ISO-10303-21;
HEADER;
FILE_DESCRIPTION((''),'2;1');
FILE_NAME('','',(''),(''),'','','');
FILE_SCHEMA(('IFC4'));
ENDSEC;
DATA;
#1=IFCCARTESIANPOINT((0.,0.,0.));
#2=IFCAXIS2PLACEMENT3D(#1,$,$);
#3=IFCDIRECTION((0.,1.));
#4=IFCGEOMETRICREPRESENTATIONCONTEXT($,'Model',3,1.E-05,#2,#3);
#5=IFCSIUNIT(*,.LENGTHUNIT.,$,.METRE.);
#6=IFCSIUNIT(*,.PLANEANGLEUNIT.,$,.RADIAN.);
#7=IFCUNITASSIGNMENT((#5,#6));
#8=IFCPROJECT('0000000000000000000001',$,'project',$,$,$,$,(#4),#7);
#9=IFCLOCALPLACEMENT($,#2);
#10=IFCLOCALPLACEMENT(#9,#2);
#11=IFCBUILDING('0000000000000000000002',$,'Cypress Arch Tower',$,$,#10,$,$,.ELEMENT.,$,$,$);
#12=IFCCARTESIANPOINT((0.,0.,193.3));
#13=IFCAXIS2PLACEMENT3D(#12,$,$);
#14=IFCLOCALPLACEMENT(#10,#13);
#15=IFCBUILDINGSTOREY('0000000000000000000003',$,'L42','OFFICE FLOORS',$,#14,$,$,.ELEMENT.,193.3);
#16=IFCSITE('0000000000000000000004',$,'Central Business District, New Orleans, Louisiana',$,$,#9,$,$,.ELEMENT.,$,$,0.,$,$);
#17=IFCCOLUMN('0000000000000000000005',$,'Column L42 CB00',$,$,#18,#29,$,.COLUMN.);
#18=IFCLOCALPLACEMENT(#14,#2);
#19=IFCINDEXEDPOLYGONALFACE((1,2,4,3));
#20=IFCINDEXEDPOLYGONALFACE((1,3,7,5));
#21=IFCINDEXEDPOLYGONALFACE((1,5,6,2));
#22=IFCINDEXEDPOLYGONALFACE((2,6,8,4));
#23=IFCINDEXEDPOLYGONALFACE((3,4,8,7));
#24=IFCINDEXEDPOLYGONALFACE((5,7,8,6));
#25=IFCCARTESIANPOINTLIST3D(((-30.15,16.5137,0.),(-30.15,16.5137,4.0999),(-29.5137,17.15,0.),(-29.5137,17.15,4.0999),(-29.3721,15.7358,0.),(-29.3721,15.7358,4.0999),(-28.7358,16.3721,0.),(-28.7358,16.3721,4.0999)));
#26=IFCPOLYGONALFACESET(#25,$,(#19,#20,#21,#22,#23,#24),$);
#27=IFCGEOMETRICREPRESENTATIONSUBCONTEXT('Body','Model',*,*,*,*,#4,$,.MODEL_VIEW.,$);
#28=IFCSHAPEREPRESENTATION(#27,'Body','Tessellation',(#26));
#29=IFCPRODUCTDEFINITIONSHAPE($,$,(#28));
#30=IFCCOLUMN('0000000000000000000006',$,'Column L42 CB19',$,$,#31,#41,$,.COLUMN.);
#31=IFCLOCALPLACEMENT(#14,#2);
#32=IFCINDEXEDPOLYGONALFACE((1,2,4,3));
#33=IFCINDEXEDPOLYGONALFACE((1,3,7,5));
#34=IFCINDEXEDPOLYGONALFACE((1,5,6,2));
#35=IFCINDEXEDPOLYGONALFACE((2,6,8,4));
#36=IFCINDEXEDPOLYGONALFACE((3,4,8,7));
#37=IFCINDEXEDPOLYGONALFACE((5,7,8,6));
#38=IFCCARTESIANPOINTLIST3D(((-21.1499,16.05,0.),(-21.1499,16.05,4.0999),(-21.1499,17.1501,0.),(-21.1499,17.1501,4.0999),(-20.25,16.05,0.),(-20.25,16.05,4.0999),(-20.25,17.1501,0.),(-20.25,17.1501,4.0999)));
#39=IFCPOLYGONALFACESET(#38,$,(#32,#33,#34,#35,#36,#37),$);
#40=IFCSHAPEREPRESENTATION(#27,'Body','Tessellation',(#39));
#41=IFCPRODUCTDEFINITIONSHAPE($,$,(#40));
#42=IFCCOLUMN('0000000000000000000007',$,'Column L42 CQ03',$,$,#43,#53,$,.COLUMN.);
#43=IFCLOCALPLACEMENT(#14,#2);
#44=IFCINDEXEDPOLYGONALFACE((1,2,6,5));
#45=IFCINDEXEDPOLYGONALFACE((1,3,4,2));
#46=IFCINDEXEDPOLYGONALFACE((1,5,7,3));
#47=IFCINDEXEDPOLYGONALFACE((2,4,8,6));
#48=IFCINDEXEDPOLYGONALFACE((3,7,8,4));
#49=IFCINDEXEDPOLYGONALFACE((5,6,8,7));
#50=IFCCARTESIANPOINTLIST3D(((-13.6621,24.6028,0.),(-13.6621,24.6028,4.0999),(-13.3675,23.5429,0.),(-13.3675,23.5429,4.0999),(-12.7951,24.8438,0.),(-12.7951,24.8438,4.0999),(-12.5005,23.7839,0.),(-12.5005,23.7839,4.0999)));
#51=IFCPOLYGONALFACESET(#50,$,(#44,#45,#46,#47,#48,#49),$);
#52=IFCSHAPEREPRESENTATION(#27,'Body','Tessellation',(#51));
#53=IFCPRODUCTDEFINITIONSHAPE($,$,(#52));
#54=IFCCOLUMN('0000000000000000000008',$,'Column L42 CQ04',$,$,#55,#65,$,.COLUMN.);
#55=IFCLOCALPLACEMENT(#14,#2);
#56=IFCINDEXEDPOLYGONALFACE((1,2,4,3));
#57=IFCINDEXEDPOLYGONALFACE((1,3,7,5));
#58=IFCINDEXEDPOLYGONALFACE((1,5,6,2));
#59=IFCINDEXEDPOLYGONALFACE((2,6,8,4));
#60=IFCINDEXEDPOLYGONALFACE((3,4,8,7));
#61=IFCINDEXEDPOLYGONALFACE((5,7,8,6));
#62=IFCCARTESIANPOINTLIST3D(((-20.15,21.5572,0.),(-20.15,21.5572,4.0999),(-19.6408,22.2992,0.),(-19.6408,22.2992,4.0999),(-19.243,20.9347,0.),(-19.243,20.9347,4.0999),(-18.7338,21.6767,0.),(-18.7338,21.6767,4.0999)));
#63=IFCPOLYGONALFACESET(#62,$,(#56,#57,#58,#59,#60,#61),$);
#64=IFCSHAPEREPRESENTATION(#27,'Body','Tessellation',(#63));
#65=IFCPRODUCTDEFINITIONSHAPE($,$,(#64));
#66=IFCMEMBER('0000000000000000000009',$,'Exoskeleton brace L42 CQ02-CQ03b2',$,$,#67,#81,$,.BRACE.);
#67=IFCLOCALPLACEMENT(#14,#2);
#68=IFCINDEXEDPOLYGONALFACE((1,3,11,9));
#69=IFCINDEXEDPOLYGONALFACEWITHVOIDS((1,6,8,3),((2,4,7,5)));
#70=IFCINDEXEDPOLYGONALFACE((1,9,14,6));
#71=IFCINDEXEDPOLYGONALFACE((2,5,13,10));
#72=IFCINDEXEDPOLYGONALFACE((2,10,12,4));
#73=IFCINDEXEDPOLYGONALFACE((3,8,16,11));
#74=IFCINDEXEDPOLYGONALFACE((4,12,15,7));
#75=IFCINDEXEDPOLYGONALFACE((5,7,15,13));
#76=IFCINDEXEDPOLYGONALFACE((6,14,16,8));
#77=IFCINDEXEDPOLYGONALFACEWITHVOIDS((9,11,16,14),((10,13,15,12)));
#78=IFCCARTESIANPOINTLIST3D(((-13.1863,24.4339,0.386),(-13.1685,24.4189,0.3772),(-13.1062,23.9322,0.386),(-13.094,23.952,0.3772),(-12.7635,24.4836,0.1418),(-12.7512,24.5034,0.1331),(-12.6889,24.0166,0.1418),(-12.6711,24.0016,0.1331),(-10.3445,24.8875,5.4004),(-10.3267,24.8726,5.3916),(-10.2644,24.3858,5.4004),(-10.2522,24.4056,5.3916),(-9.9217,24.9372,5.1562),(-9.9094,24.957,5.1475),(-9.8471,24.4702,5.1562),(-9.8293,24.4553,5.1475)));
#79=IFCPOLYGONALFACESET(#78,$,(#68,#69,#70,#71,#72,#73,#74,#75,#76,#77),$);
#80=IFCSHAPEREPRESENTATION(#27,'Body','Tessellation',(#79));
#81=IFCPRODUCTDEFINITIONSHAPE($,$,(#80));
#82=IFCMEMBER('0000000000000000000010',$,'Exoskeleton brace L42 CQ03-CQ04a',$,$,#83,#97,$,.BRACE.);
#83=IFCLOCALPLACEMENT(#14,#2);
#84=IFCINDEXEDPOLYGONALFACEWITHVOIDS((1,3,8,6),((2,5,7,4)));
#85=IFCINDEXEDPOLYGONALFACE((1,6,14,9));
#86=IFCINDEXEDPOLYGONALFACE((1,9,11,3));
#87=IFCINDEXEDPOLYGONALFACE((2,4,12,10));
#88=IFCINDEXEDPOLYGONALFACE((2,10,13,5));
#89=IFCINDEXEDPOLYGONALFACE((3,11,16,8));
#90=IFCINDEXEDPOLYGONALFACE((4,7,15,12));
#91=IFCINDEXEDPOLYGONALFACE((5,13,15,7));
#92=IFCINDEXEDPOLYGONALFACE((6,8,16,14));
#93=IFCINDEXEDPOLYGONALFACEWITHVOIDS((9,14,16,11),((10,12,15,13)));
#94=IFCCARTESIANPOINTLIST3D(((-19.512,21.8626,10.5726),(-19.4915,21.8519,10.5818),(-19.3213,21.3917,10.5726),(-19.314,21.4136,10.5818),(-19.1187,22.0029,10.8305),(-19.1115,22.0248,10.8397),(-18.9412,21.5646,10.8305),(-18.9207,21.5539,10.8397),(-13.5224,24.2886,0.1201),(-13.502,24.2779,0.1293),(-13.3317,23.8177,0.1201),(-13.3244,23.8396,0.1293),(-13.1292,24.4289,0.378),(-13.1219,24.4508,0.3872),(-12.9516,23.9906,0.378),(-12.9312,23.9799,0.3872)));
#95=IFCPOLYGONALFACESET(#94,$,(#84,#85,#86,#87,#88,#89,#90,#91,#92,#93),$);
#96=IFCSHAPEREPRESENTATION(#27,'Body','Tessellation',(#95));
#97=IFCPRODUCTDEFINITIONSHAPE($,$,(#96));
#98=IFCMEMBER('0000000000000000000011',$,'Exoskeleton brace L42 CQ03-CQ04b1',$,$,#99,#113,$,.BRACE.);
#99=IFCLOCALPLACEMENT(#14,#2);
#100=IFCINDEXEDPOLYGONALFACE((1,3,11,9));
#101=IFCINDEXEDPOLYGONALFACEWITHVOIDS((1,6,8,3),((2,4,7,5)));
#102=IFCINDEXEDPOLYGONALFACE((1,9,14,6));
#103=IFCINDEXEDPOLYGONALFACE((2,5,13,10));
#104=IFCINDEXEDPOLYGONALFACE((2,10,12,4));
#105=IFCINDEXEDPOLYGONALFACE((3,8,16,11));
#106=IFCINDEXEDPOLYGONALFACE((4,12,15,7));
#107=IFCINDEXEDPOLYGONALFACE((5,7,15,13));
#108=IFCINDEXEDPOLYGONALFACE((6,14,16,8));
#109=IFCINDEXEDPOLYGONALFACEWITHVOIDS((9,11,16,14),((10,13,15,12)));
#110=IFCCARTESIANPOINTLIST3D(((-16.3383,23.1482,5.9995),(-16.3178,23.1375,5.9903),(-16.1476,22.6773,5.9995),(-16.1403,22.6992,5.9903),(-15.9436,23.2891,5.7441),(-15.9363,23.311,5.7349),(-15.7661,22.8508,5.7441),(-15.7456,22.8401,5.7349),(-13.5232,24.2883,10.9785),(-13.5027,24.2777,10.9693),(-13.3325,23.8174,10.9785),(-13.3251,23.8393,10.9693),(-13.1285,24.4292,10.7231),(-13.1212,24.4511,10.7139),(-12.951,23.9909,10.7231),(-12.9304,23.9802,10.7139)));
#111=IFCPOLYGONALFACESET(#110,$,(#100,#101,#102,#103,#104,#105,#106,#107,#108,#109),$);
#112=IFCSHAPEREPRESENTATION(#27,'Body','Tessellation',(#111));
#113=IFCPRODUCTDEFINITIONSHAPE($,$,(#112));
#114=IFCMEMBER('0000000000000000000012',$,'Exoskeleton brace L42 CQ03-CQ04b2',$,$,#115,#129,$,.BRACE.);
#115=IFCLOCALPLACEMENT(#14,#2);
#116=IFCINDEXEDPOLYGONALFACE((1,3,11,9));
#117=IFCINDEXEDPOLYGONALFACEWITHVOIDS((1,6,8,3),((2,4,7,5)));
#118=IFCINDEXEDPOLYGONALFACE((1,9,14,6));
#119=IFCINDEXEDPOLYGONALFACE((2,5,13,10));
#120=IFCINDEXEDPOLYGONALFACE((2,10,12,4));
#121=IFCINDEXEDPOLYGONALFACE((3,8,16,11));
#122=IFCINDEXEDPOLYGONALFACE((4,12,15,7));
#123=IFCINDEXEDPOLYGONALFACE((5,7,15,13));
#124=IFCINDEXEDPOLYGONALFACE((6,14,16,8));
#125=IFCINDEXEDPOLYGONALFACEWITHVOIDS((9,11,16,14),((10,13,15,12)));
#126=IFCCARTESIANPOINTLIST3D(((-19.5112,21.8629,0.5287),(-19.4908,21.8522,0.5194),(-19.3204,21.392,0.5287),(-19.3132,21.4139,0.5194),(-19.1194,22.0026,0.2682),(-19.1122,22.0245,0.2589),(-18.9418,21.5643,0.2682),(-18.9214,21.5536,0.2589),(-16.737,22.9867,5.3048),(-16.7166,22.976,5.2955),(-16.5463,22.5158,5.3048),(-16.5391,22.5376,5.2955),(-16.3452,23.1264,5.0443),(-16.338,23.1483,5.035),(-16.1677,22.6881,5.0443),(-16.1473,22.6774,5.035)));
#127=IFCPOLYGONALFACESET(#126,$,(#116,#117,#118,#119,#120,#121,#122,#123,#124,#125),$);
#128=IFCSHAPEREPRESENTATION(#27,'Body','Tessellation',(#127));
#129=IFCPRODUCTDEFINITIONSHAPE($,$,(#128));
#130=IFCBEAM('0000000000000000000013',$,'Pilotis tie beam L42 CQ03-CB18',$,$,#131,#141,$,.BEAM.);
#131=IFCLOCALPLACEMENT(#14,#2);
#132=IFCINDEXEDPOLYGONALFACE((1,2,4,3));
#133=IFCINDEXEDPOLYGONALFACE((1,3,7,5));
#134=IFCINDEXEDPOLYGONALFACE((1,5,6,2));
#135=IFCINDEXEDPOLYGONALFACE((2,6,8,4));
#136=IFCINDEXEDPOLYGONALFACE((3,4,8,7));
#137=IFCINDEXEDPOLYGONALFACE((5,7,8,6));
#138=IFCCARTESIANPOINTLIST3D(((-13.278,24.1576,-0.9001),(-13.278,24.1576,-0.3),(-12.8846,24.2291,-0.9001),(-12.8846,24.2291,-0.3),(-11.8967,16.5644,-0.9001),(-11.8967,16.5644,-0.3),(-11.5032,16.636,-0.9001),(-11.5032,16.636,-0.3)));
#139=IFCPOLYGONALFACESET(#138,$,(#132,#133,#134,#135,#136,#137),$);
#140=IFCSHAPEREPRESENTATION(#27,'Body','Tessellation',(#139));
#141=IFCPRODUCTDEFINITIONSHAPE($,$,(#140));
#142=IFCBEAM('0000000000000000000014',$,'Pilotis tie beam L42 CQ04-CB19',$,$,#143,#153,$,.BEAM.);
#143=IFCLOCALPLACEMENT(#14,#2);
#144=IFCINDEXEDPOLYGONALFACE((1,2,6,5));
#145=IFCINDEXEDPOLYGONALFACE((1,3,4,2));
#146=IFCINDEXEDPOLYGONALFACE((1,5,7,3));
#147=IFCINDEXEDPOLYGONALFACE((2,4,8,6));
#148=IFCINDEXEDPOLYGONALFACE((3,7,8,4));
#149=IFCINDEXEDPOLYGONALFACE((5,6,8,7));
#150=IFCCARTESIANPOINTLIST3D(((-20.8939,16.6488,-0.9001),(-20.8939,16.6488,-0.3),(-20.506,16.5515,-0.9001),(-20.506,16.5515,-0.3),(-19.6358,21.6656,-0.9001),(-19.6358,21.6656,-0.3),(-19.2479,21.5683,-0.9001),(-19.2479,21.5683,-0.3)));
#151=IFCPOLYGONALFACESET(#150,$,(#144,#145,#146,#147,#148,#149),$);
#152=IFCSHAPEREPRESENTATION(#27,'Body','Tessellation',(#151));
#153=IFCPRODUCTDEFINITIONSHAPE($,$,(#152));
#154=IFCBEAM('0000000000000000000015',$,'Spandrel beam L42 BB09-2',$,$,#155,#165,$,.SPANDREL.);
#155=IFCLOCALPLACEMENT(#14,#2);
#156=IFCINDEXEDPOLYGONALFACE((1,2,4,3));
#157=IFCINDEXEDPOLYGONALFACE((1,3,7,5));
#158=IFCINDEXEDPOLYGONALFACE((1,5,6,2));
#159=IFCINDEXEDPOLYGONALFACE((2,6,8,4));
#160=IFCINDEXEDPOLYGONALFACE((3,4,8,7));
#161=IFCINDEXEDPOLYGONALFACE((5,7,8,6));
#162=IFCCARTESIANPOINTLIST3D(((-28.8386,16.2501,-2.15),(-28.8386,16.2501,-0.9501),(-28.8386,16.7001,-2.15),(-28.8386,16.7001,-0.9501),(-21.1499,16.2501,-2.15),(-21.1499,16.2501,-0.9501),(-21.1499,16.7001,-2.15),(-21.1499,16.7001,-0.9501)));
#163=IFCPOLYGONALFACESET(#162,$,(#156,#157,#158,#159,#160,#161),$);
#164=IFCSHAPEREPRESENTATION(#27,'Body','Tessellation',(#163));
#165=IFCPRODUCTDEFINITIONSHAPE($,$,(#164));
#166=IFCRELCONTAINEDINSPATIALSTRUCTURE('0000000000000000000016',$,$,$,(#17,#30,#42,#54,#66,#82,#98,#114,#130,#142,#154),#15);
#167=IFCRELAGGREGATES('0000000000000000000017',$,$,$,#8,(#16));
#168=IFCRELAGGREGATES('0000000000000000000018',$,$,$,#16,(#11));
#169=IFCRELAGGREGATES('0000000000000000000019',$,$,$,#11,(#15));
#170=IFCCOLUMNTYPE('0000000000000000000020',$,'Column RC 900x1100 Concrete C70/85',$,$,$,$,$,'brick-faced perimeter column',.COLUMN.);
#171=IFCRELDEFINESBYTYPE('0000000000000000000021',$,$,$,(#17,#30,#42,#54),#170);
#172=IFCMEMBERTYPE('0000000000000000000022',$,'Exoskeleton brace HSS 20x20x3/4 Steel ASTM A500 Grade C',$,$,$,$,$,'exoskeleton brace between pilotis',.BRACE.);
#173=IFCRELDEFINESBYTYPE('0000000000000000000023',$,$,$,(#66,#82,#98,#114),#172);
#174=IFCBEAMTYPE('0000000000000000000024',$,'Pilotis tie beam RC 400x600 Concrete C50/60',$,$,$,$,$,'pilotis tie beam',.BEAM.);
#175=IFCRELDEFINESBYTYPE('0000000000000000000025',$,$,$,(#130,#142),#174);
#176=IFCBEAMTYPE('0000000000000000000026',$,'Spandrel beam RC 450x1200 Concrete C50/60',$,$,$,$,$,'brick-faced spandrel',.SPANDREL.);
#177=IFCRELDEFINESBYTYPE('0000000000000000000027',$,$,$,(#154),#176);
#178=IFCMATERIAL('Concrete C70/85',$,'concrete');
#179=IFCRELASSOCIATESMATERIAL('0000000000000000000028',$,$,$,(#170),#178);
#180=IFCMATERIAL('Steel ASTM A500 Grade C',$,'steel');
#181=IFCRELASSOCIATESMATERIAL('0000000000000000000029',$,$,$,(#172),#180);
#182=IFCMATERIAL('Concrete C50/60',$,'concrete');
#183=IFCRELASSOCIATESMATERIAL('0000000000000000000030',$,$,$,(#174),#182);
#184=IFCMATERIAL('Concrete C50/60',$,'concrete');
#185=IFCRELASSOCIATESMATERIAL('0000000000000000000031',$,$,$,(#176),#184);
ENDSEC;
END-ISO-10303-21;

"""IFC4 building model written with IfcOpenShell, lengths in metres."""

from ifc_helpers import new_model, si_unit, direction, frame, origin, origin_2d, place, context, subcontext, project, spatial, rectangle, hollow_rectangle, extrude, material, material_profile, profile_set, type_object, element, save


model = new_model("IFC4")

# Units and contexts
model_context = context("Model", 3, precision=1e-05, world=origin(), true_north=direction((0.0, 1.0)))
body_context = subcontext(model_context, "Body", "Model", "MODEL_VIEW")
ifc_project = project(units=[si_unit("LENGTHUNIT", "METRE"), si_unit("PLANEANGLEUNIT", "RADIAN")], contexts=[model_context])

# Site, building, storey
site_placement = place(None, origin())
site = spatial("IfcSite", under=ifc_project, at=site_placement, Name="Central Business District, New Orleans, Louisiana", CompositionType="ELEMENT", RefElevation=0.0)
building_placement = place(site_placement, origin())
building = spatial("IfcBuilding", under=site, at=building_placement, Name="Cypress Arch Tower", CompositionType="ELEMENT")
storey_placement = place(building_placement, frame((0.0, 0.0, 193.3)))
storey = spatial("IfcBuildingStorey", under=building, at=storey_placement, Name="L42", Description="OFFICE FLOORS", CompositionType="ELEMENT", Elevation=193.3)

# Columns
ifc_material_1 = material(Name="Concrete C70/85", Category="concrete")
ifc_material_profile_1 = material_profile(ifc_material_1, rectangle(XDim=0.8999, YDim=1.1001, at=origin_2d()), Name="RC 900x1100")
ifc_profile_set_1 = profile_set([ifc_material_profile_1], Name="Concrete C70/85")
column_type = type_object("IfcColumnType", Name="Column RC 900x1100 Concrete C70/85", ElementType="brick-faced perimeter column", PredefinedType="COLUMN", material=ifc_profile_set_1)
for number, where, z_axis, x_axis, name in (
    (1, (-29.4429, 16.4429, 0.0), (0.0, 0.0, 1.0), (-0.707107, -0.707107, 0.0), "Column L42 CB00"),
    (2, (-20.7, 16.6001, 0.0), (0.0, 0.0, 1.0), (-1.0, 0.0, 0.0), "Column L42 CB19"),
    (3, (-13.0813, 24.1934, 0.0), (0.0, 0.0, 1.0), (-0.963456, -0.267868, 0.0), "Column L42 CQ03"),
    (4, (-19.4419, 21.6169, 0.0), (0.0, 0.0, 1.0), (-0.565893, -0.824479, 0.0), "Column L42 CQ04"),
):
    element("IfcColumn", number, at=place(storey_placement, frame(where, z_axis=z_axis, x_axis=x_axis)), inside=storey, type_object=column_type, Name=name, PredefinedType="COLUMN", context=body_context, shape_type="SweptSolid", body=[
        extrude(rectangle(XDim=0.8999, YDim=1.1001, at=origin_2d()), origin(), (0.0, 0.0, 1.0), 4.0999),
    ])

# Members
ifc_material_2 = material(Name="Steel ASTM A500 Grade C", Category="steel")
ifc_material_profile_2 = material_profile(ifc_material_2, hollow_rectangle(XDim=0.5081, YDim=0.5081, WallThickness=0.0176, at=origin_2d()), Name="HSS 20x20x3/4")
ifc_profile_set_2 = profile_set([ifc_material_profile_2], Name="Steel ASTM A500 Grade C")
member_type = type_object("IfcMemberType", Name="Exoskeleton brace HSS 20x20x3/4 Steel ASTM A500 Grade C", ElementType="exoskeleton brace between pilotis", PredefinedType="BRACE", material=ifc_profile_set_2)
member_1_placement = place(storey_placement, frame((-12.9287, 24.2178, 0.2595), z_axis=(0.491532, 0.078459, 0.867318), x_axis=(-0.157627, 0.987499, 0.0)))
element("IfcMember", 5, at=member_1_placement, inside=storey, type_object=member_type, Name="Exoskeleton brace L42 CQ02-CQ03b2", PredefinedType="BRACE", context=body_context, shape_type="SweptSolid", body=[
    extrude(hollow_rectangle(XDim=0.5081, YDim=0.5081, WallThickness=0.0176, at=origin_2d()), origin(), (0.0, 0.0, 1.0), 5.7815),
])
member_2_placement = place(storey_placement, frame((-13.2268, 24.1343, 0.2537), z_axis=(-0.487399, -0.197419, 0.850569), x_axis=(0.375419, -0.926855, 0.0)))
element("IfcMember", 6, at=member_2_placement, inside=storey, type_object=member_type, Name="Exoskeleton brace L42 CQ03-CQ04a", PredefinedType="BRACE", context=body_context, shape_type="SweptSolid", body=[
    extrude(hollow_rectangle(XDim=0.5081, YDim=0.5081, WallThickness=0.0176, at=origin_2d()), origin(), (0.0, 0.0, 1.0), 12.2888),
])
member_3_placement = place(storey_placement, frame((-13.2268, 24.1343, 10.8462), z_axis=(-0.482689, -0.195487, -0.853696), x_axis=(0.375379, -0.926872, 0.0)))
element("IfcMember", 7, at=member_3_placement, inside=storey, type_object=member_type, Name="Exoskeleton brace L42 CQ03-CQ04b1", PredefinedType="BRACE", context=body_context, shape_type="SweptSolid", body=[
    extrude(hollow_rectangle(XDim=0.5081, YDim=0.5081, WallThickness=0.0176, at=origin_2d()), origin(), (0.0, 0.0, 1.0), 5.8323),
])
member_4_placement = place(storey_placement, frame((-19.2163, 21.7083, 0.3938), z_axis=(0.492179, 0.199375, 0.847355), x_axis=(-0.375451, 0.926842, 0.0)))
element("IfcMember", 8, at=member_4_placement, inside=storey, type_object=member_type, Name="Exoskeleton brace L42 CQ03-CQ04b2", PredefinedType="BRACE", context=body_context, shape_type="SweptSolid", body=[
    extrude(hollow_rectangle(XDim=0.5081, YDim=0.5081, WallThickness=0.0176, at=origin_2d()), origin(), (0.0, 0.0, 1.0), 5.6365),
])

# Beams
ifc_material_3 = material(Name="Concrete C50/60", Category="concrete")
ifc_material_profile_3 = material_profile(ifc_material_3, rectangle(XDim=0.3999, YDim=0.6001, at=origin_2d()), Name="RC 400x600")
ifc_profile_set_3 = profile_set([ifc_material_profile_3], Name="Concrete C50/60")
beam_type_1 = type_object("IfcBeamType", Name="Pilotis tie beam RC 400x600 Concrete C50/60", ElementType="pilotis tie beam", PredefinedType="BEAM", material=ifc_profile_set_3)
beam_1_placement = place(storey_placement, frame((-13.0813, 24.1934, -0.6001), z_axis=(0.17898, -0.983853, 0.0), x_axis=(0.983853, 0.17898, 0.0)))
element("IfcBeam", 9, at=beam_1_placement, inside=storey, type_object=beam_type_1, Name="Pilotis tie beam L42 CQ03-CB18", PredefinedType="BEAM", context=body_context, shape_type="SweptSolid", body=[
    extrude(rectangle(XDim=0.3999, YDim=0.6001, at=origin_2d()), origin(), (0.0, 0.0, 1.0), 7.7178),
])
beam_2_placement = place(storey_placement, frame((-19.4419, 21.6169, -0.6001), z_axis=(-0.243235, -0.969967, 0.0), x_axis=(0.969967, -0.243235, 0.0)))
element("IfcBeam", 10, at=beam_2_placement, inside=storey, type_object=beam_type_1, Name="Pilotis tie beam L42 CQ04-CB19", PredefinedType="BEAM", context=body_context, shape_type="SweptSolid", body=[
    extrude(rectangle(XDim=0.3999, YDim=0.6001, at=origin_2d()), origin(), (0.0, 0.0, 1.0), 5.1721),
])
ifc_material_4 = material(Name="Concrete C50/60", Category="concrete")
ifc_material_profile_4 = material_profile(ifc_material_4, rectangle(XDim=0.45, YDim=1.2, at=origin_2d()), Name="RC 450x1200")
ifc_profile_set_4 = profile_set([ifc_material_profile_4], Name="Concrete C50/60")
beam_type_2 = type_object("IfcBeamType", Name="Spandrel beam RC 450x1200 Concrete C50/60", ElementType="brick-faced spandrel", PredefinedType="SPANDREL", material=ifc_profile_set_4)
beam_3_placement = place(storey_placement, frame((-21.1499, 16.4751, -1.55), z_axis=(-1.0, 0.0, 0.0), x_axis=(0.0, -1.0, 0.0)))
element("IfcBeam", 11, at=beam_3_placement, inside=storey, type_object=beam_type_2, Name="Spandrel beam L42 BB09-2", PredefinedType="SPANDREL", context=body_context, shape_type="SweptSolid", body=[
    extrude(rectangle(XDim=0.45, YDim=1.2, at=origin_2d()), origin(), (0.0, 0.0, 1.0), 7.6887),
])

save(model, "model.ifc")
